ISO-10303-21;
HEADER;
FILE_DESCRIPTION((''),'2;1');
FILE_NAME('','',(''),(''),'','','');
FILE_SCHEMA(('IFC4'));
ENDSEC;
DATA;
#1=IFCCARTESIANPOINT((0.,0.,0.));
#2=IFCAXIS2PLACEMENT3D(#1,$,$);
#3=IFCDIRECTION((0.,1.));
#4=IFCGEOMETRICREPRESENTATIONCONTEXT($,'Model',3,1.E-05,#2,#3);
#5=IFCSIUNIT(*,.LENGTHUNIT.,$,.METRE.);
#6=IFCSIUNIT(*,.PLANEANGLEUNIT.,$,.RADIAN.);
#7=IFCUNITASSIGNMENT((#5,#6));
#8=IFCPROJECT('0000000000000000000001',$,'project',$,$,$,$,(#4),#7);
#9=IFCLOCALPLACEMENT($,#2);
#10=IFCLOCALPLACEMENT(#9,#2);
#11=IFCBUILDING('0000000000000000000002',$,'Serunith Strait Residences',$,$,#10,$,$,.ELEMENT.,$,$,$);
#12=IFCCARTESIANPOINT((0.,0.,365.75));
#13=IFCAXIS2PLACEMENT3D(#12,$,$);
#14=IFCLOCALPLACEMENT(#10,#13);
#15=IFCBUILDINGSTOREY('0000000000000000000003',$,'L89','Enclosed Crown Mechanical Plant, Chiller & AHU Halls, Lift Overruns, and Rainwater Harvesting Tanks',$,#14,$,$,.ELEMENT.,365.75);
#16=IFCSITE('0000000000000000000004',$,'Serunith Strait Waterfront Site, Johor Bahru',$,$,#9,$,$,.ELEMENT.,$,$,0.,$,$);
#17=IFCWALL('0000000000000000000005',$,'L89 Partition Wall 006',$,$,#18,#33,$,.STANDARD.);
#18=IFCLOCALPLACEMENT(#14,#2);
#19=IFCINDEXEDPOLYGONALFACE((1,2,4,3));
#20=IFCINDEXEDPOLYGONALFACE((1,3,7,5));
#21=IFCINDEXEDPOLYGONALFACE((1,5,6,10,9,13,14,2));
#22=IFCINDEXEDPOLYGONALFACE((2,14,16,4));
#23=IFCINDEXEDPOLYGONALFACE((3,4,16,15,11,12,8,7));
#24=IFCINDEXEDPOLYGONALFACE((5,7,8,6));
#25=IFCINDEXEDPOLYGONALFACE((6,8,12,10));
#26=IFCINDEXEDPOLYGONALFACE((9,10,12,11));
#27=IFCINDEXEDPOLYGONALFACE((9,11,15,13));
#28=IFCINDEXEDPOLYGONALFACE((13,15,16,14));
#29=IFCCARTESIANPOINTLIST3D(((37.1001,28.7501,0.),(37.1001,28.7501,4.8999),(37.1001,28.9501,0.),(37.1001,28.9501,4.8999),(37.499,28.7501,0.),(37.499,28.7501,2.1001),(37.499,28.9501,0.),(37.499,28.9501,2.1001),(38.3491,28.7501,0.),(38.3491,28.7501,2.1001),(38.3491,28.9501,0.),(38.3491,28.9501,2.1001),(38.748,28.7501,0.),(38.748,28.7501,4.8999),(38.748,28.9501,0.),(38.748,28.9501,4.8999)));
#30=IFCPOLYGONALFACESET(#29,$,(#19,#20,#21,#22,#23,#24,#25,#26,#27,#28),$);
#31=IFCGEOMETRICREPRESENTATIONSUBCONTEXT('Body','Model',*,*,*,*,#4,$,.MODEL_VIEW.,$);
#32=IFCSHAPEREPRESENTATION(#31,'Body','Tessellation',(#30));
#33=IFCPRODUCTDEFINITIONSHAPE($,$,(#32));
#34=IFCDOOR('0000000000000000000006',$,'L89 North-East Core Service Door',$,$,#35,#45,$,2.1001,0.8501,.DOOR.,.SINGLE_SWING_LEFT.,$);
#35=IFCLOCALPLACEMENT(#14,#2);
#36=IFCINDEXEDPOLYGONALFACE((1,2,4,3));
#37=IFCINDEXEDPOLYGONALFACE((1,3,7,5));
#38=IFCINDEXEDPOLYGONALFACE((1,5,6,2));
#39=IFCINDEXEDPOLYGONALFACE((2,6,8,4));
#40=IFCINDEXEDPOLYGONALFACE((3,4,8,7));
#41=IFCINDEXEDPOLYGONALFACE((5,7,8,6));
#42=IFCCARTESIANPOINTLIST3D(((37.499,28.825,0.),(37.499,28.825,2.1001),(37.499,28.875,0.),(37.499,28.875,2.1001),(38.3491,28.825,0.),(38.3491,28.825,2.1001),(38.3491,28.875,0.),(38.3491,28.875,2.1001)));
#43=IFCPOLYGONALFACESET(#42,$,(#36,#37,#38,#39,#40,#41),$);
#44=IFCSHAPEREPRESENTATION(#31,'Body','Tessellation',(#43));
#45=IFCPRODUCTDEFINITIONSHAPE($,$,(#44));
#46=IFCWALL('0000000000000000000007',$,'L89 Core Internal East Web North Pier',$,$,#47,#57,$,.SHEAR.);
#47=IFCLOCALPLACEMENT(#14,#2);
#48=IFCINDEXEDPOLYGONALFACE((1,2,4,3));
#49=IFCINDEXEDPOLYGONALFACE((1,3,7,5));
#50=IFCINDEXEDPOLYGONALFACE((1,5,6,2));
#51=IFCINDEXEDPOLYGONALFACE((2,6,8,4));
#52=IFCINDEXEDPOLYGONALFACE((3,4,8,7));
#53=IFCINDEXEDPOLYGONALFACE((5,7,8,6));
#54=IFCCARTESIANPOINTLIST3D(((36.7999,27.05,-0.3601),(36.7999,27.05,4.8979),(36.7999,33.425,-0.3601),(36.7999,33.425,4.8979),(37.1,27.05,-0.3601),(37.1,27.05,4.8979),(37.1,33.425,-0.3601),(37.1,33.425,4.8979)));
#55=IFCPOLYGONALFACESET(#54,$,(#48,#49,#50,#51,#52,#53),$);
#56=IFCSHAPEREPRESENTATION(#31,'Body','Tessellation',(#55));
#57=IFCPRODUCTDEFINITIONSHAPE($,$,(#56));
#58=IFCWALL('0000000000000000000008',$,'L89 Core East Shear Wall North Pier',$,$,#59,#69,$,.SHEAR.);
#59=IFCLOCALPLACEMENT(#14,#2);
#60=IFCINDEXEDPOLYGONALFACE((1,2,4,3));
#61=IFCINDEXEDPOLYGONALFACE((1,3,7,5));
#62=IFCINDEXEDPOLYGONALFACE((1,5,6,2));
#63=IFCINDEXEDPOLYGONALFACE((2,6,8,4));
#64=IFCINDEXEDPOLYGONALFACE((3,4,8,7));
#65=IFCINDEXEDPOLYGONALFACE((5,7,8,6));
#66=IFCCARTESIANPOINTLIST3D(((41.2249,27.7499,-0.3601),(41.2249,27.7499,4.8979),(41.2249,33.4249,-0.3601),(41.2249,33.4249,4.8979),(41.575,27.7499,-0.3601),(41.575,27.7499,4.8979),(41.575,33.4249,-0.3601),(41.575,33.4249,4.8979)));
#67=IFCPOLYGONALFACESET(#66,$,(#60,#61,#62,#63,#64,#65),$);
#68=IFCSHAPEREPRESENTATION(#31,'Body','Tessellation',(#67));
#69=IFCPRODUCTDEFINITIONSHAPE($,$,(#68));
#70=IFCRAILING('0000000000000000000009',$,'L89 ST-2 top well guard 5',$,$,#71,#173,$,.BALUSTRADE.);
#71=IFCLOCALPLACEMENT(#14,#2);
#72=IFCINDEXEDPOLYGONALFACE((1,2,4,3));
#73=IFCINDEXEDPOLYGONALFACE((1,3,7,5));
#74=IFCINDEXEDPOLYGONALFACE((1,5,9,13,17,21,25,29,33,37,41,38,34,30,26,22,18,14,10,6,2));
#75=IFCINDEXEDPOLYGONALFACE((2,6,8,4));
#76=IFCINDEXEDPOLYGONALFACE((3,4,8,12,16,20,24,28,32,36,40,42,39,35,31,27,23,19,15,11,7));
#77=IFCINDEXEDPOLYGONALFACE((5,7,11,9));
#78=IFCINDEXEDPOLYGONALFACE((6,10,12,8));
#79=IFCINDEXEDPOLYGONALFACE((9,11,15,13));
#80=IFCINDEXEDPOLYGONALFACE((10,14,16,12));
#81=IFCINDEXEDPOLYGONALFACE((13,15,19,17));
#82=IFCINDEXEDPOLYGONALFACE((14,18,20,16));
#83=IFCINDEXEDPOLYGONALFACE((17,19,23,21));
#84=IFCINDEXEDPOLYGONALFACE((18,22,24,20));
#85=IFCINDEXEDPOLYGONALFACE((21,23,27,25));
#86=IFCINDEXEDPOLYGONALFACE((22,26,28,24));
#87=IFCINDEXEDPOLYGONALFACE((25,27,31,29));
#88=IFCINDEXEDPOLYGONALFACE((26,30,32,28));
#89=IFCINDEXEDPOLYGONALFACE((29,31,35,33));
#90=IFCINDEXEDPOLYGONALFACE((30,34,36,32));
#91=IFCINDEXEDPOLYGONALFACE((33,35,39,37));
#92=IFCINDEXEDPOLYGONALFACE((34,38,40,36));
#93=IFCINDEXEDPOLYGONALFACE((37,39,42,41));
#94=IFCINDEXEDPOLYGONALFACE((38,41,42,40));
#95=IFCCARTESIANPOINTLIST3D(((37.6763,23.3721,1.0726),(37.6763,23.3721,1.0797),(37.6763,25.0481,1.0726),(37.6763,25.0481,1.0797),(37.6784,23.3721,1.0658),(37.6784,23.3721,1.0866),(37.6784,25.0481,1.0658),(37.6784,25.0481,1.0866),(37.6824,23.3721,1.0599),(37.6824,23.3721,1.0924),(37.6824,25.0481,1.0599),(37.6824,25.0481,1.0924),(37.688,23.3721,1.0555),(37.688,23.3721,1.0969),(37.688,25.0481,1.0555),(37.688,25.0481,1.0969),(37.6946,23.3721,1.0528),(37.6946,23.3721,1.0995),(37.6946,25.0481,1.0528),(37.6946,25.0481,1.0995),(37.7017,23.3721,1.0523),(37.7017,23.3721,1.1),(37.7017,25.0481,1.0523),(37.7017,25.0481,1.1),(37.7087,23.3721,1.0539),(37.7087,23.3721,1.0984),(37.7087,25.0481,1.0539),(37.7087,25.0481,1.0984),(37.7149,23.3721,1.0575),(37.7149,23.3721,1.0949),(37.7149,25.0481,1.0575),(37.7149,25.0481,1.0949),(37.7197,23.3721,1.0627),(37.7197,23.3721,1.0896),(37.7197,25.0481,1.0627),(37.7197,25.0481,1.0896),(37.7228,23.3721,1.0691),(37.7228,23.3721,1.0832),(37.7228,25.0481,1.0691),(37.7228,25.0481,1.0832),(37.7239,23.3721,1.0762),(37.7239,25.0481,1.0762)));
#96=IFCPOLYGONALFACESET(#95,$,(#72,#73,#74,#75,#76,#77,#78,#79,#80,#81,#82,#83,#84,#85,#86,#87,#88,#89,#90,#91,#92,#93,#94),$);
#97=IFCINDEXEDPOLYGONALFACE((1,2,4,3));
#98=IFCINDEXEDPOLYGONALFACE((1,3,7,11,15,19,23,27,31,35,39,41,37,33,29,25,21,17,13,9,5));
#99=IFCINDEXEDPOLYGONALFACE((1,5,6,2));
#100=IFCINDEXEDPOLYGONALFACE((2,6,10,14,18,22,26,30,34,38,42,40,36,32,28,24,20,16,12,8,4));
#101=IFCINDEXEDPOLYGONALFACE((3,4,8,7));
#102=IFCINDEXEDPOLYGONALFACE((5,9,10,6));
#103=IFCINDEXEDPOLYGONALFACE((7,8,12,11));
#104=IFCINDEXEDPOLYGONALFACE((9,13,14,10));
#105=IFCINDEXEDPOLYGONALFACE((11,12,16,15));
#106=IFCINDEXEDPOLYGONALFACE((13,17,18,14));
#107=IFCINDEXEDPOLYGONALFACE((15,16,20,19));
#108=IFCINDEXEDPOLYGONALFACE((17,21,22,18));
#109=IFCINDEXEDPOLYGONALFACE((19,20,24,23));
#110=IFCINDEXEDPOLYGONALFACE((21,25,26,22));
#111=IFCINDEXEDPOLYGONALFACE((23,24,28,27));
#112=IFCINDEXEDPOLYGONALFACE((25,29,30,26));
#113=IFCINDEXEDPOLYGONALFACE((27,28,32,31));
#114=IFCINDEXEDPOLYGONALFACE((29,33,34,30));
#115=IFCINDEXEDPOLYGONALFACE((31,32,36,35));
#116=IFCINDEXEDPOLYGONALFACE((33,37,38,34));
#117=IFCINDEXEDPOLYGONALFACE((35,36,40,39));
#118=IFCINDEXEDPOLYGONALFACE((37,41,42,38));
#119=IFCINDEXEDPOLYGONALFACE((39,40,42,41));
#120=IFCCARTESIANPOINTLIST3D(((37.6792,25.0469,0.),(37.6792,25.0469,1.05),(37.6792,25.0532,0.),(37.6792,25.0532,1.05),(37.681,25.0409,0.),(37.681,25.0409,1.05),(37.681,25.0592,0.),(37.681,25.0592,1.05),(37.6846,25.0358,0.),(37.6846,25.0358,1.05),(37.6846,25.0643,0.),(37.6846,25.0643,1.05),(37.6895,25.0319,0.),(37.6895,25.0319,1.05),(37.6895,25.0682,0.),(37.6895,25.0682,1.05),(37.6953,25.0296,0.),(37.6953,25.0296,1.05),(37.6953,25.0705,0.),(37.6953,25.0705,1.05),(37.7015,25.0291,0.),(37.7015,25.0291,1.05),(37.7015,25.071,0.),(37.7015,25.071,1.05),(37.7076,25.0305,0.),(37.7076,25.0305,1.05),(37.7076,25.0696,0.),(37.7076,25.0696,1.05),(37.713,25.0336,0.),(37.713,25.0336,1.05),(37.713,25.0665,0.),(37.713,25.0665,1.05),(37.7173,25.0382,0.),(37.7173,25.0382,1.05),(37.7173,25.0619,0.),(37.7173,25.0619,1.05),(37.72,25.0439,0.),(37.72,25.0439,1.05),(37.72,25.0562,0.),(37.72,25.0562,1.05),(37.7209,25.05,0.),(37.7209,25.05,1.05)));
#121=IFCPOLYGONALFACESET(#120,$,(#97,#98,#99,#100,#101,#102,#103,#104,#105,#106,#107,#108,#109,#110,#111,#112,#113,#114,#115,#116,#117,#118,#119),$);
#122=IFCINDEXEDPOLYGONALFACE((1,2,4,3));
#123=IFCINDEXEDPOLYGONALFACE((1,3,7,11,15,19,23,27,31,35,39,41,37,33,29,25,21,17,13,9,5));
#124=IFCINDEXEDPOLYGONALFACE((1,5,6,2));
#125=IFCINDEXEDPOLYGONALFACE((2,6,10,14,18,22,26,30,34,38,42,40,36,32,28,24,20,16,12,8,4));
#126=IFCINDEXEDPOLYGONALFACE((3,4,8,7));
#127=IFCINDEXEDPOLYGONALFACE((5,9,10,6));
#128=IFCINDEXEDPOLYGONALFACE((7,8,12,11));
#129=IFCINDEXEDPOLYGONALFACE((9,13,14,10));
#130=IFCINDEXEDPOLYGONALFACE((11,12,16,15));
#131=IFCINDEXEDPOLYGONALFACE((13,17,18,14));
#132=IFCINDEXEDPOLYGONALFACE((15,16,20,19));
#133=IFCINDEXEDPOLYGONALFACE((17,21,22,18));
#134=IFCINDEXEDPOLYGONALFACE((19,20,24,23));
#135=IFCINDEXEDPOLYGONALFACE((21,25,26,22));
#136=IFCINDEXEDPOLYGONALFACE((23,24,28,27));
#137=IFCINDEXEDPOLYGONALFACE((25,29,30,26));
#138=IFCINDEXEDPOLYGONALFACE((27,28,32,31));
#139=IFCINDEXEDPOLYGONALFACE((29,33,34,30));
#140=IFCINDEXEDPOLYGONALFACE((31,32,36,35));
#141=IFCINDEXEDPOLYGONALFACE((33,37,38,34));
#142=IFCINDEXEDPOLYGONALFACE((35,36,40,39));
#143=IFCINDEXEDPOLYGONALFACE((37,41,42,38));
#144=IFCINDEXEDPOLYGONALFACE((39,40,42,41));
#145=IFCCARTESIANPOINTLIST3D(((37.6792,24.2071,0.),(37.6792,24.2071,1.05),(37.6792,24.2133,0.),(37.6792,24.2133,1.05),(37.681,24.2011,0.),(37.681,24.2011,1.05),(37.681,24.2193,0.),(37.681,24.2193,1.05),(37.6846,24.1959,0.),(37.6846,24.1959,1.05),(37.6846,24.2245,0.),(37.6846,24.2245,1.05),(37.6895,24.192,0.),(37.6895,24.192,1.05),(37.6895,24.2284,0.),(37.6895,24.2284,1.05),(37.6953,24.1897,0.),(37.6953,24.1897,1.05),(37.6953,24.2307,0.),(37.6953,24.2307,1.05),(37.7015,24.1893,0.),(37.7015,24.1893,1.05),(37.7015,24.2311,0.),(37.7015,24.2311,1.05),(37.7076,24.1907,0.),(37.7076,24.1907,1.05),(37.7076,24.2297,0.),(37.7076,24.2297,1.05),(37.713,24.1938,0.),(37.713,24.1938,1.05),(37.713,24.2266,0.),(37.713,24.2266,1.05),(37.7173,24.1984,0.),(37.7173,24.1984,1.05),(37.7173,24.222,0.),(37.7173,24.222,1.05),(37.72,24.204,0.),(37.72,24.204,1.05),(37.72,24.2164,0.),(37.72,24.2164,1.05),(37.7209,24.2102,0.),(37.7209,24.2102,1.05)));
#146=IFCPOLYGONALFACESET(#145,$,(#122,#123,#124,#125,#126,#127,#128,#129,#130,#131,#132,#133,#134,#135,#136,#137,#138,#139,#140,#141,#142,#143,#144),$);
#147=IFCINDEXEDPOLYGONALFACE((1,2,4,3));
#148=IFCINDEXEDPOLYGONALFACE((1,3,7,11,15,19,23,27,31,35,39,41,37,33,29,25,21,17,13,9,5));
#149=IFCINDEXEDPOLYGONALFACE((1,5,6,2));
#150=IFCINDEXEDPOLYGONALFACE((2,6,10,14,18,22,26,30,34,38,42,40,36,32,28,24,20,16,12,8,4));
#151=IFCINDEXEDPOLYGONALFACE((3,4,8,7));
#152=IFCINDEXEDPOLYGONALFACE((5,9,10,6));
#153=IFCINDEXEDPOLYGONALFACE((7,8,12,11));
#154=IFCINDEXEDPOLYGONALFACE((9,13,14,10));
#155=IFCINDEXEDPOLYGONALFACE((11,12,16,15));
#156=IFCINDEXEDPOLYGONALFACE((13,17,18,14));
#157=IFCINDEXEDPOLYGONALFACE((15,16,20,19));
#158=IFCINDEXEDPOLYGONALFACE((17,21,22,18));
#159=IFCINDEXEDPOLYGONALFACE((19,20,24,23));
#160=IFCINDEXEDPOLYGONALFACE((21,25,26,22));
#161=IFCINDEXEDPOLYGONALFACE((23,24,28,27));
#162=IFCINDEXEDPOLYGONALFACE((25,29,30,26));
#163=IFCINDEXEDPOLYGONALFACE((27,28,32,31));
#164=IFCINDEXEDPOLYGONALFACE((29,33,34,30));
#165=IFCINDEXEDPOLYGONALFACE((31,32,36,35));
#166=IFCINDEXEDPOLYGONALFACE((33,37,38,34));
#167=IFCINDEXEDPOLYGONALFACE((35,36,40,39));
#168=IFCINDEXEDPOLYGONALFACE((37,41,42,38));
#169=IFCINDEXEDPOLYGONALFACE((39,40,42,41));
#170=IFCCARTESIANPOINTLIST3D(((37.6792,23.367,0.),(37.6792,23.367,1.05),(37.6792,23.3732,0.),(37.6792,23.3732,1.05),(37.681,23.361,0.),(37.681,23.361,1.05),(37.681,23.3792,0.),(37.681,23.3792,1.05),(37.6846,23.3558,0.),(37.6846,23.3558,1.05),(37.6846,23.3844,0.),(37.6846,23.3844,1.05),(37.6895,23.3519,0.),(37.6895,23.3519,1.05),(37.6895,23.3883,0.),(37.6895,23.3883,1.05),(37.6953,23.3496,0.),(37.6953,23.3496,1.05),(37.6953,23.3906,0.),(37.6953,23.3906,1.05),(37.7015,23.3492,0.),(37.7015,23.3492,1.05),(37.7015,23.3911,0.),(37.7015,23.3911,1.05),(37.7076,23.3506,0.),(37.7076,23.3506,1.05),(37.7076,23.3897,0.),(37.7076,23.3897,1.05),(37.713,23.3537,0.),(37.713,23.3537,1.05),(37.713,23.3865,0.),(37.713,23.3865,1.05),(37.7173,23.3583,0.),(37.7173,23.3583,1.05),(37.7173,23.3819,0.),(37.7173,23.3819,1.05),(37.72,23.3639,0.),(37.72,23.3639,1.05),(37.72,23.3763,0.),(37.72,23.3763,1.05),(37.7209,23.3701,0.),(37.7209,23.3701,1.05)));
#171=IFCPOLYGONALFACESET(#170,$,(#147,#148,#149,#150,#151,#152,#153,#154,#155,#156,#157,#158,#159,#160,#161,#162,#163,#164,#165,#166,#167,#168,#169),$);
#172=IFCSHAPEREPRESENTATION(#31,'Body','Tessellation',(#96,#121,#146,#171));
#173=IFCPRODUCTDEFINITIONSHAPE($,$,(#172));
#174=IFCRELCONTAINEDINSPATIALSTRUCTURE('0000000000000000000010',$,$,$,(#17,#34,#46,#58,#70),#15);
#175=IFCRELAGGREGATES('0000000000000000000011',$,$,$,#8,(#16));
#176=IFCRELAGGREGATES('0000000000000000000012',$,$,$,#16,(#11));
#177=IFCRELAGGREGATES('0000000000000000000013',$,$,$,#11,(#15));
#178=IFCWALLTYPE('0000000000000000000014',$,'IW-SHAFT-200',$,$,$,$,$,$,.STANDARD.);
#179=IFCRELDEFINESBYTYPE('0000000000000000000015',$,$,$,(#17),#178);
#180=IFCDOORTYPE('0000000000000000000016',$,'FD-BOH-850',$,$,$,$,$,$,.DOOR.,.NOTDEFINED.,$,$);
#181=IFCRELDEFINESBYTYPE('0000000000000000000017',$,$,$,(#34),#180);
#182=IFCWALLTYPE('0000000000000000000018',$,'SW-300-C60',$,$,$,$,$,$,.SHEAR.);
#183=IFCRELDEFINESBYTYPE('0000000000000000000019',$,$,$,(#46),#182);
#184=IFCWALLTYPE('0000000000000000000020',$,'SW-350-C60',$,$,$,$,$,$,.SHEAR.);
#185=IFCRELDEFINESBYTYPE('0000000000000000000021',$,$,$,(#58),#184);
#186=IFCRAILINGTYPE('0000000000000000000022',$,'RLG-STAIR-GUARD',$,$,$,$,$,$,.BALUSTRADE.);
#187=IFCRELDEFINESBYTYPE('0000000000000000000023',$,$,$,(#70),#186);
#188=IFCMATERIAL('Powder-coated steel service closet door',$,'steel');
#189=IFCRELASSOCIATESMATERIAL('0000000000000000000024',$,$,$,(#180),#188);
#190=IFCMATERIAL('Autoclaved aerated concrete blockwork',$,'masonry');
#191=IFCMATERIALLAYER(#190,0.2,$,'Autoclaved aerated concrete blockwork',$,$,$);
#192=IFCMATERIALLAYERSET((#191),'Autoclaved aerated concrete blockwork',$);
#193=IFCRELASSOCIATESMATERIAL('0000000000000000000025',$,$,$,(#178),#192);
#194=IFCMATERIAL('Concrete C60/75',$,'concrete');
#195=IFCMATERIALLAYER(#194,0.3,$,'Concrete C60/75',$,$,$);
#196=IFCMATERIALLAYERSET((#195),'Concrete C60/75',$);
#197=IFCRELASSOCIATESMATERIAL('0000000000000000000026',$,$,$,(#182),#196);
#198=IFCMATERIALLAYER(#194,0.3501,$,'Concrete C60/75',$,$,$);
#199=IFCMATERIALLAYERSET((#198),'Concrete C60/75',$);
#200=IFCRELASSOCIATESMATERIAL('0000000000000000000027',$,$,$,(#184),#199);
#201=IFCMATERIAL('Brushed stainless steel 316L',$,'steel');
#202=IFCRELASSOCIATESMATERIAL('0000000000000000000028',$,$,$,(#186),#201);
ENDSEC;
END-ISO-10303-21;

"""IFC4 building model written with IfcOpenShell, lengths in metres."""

from ifc_helpers import new_model, si_unit, direction, frame, frame_2d, origin, origin_2d, place, context, subcontext, project, spatial, rectangle, circle, extrude, source, transform, mapped, material, layer, layer_set, type_object, element, fill, save


model = new_model("IFC4")

# Units and contexts
model_context = context("Model", 3, precision=1e-05, world=origin(), true_north=direction((0.0, 1.0)))
body_context = subcontext(model_context, "Body", "Model", "MODEL_VIEW")
ifc_project = project(units=[si_unit("LENGTHUNIT", "METRE"), si_unit("PLANEANGLEUNIT", "RADIAN")], contexts=[model_context])

# Site, building, storey
site_placement = place(None, origin())
site = spatial("IfcSite", under=ifc_project, at=site_placement, Name="Serunith Strait Waterfront Site, Johor Bahru", CompositionType="ELEMENT", RefElevation=0.0)
building_placement = place(site_placement, origin())
building = spatial("IfcBuilding", under=site, at=building_placement, Name="Serunith Strait Residences", CompositionType="ELEMENT")
storey_placement = place(building_placement, frame((0.0, 0.0, 365.75)))
storey = spatial("IfcBuildingStorey", under=building, at=storey_placement, Name="L89", Description="Enclosed Crown Mechanical Plant, Chiller & AHU Halls, Lift Overruns, and Rainwater Harvesting Tanks", CompositionType="ELEMENT", Elevation=365.75)

# Shared definitions
ifc_material_1 = material(Name="Powder-coated steel service closet door", Category="steel")
door_type_1 = type_object("IfcDoorType", Name="FD-BOH-850", OperationType="NOTDEFINED", PredefinedType="DOOR", material=ifc_material_1)
shared_shape_1 = source(origin(), body_context, "Body", "SweptSolid", [
    extrude(rectangle(XDim=0.8501, YDim=2.1001, at=frame_2d((0.425, 1.05))), frame((0.0, 0.0249, 0.0), z_axis=(0.0, -1.0, 0.0), x_axis=(1.0, 0.0, 0.0)), (0.0, 0.0, 1.0), 0.05),
])
ifc_material_2 = material(Name="Autoclaved aerated concrete blockwork", Category="masonry")
ifc_layer_1 = layer(ifc_material_2, 0.2, Name="Autoclaved aerated concrete blockwork")
ifc_layer_set_1 = layer_set([ifc_layer_1], Name="Autoclaved aerated concrete blockwork")
wall_type_1 = type_object("IfcWallType", Name="IW-SHAFT-200", PredefinedType="STANDARD", material=ifc_layer_set_1)

# Wall, opening, door
wall_1_placement = place(storey_placement, frame((37.1001, 28.8501, 0.0), z_axis=(0.0, 0.0, 1.0), x_axis=(1.0, 0.0, 0.0)))
wall_1 = element("IfcWall", 1, at=wall_1_placement, inside=storey, type_object=wall_type_1, Name="L89 Partition Wall 006", PredefinedType="STANDARD", context=body_context, shape_type="SweptSolid", body=[
    extrude(rectangle(XDim=1.6479, YDim=0.2, at=frame_2d((0.824, 0.0))), origin(), (0.0, 0.0, 1.0), 4.8999),
])
opening_1_placement = place(wall_1_placement, frame((0.3989, 0.0, 0.0)))
opening_1 = element("IfcOpeningElement", 2, at=opening_1_placement, cuts=wall_1, PredefinedType="OPENING", context=body_context, shape_type="SweptSolid", body=[
    extrude(rectangle(XDim=0.8501, YDim=2.1001, at=frame_2d((0.425, 1.05))), frame((0.0, 0.1099, 0.0), z_axis=(0.0, -1.0, 0.0), x_axis=(1.0, 0.0, 0.0)), (0.0, 0.0, 1.0), 0.22),
])
door_1_placement = place(opening_1_placement, origin())
door_1 = element("IfcDoor", 3, at=door_1_placement, inside=storey, type_object=door_type_1, Name="L89 North-East Core Service Door", OperationType="SINGLE_SWING_LEFT", OverallHeight=2.1001, OverallWidth=0.8501, PredefinedType="DOOR", context=body_context, shape_type="MappedRepresentation", body=[
    mapped(shared_shape_1, transform((0.0, 0.0, 0.0), scale=1.0)),
])
fill(opening_1, door_1)

# Walls
ifc_material_3 = material(Name="Concrete C60/75", Category="concrete")
ifc_layer_2 = layer(ifc_material_3, 0.3, Name="Concrete C60/75")
ifc_layer_set_2 = layer_set([ifc_layer_2], Name="Concrete C60/75")
wall_type_2 = type_object("IfcWallType", Name="SW-300-C60", PredefinedType="SHEAR", material=ifc_layer_set_2)
wall_2_placement = place(storey_placement, frame((36.95, 27.05, -0.3601), z_axis=(0.0, 0.0, 1.0), x_axis=(0.0, 1.0, 0.0)))
element("IfcWall", 4, at=wall_2_placement, inside=storey, type_object=wall_type_2, Name="L89 Core Internal East Web North Pier", PredefinedType="SHEAR", context=body_context, shape_type="SweptSolid", body=[
    extrude(rectangle(XDim=6.375, YDim=0.3, at=frame_2d((3.1875, 0.0))), origin(), (0.0, 0.0, 1.0), 5.2581),
])
ifc_layer_3 = layer(ifc_material_3, 0.3501, Name="Concrete C60/75")
ifc_layer_set_3 = layer_set([ifc_layer_3], Name="Concrete C60/75")
wall_type_3 = type_object("IfcWallType", Name="SW-350-C60", PredefinedType="SHEAR", material=ifc_layer_set_3)
wall_3_placement = place(storey_placement, frame((41.3999, 27.75, -0.3601), z_axis=(0.0, 0.0, 1.0), x_axis=(0.0, 1.0, 0.0)))
element("IfcWall", 5, at=wall_3_placement, inside=storey, type_object=wall_type_3, Name="L89 Core East Shear Wall North Pier", PredefinedType="SHEAR", context=body_context, shape_type="SweptSolid", body=[
    extrude(rectangle(XDim=5.675, YDim=0.3501, at=frame_2d((2.8374, 0.0))), origin(), (0.0, 0.0, 1.0), 5.2581),
])

# Railing
ifc_material_4 = material(Name="Brushed stainless steel 316L", Category="steel")
railing_type = type_object("IfcRailingType", Name="RLG-STAIR-GUARD", PredefinedType="BALUSTRADE", material=ifc_material_4)
for number, where, name in (
    (6, (37.7, 25.05, 0.0), "L89 ST-2 top well guard 5"),
):
    element("IfcRailing", number, at=place(storey_placement, frame(where)), inside=storey, type_object=railing_type, Name=name, PredefinedType="BALUSTRADE", context=body_context, shape_type="SweptSolid", body=[
        extrude(circle(Radius=0.0239, at=origin_2d()), frame((0.0, -0.002, 1.0762), z_axis=(0.0, -1.0, 0.0), x_axis=(1.0, 0.0, 0.0)), (0.0, 0.0, 1.0), 1.676),
        extrude(circle(Radius=0.021, at=origin_2d()), origin(), (0.0, 0.0, 1.0), 1.05),
        extrude(circle(Radius=0.021, at=origin_2d()), frame((0.0, -0.8398, 0.0)), (0.0, 0.0, 1.0), 1.05),
        extrude(circle(Radius=0.021, at=origin_2d()), frame((0.0, -1.6799, 0.0)), (0.0, 0.0, 1.0), 1.05),
    ])

save(model, "model.ifc")
